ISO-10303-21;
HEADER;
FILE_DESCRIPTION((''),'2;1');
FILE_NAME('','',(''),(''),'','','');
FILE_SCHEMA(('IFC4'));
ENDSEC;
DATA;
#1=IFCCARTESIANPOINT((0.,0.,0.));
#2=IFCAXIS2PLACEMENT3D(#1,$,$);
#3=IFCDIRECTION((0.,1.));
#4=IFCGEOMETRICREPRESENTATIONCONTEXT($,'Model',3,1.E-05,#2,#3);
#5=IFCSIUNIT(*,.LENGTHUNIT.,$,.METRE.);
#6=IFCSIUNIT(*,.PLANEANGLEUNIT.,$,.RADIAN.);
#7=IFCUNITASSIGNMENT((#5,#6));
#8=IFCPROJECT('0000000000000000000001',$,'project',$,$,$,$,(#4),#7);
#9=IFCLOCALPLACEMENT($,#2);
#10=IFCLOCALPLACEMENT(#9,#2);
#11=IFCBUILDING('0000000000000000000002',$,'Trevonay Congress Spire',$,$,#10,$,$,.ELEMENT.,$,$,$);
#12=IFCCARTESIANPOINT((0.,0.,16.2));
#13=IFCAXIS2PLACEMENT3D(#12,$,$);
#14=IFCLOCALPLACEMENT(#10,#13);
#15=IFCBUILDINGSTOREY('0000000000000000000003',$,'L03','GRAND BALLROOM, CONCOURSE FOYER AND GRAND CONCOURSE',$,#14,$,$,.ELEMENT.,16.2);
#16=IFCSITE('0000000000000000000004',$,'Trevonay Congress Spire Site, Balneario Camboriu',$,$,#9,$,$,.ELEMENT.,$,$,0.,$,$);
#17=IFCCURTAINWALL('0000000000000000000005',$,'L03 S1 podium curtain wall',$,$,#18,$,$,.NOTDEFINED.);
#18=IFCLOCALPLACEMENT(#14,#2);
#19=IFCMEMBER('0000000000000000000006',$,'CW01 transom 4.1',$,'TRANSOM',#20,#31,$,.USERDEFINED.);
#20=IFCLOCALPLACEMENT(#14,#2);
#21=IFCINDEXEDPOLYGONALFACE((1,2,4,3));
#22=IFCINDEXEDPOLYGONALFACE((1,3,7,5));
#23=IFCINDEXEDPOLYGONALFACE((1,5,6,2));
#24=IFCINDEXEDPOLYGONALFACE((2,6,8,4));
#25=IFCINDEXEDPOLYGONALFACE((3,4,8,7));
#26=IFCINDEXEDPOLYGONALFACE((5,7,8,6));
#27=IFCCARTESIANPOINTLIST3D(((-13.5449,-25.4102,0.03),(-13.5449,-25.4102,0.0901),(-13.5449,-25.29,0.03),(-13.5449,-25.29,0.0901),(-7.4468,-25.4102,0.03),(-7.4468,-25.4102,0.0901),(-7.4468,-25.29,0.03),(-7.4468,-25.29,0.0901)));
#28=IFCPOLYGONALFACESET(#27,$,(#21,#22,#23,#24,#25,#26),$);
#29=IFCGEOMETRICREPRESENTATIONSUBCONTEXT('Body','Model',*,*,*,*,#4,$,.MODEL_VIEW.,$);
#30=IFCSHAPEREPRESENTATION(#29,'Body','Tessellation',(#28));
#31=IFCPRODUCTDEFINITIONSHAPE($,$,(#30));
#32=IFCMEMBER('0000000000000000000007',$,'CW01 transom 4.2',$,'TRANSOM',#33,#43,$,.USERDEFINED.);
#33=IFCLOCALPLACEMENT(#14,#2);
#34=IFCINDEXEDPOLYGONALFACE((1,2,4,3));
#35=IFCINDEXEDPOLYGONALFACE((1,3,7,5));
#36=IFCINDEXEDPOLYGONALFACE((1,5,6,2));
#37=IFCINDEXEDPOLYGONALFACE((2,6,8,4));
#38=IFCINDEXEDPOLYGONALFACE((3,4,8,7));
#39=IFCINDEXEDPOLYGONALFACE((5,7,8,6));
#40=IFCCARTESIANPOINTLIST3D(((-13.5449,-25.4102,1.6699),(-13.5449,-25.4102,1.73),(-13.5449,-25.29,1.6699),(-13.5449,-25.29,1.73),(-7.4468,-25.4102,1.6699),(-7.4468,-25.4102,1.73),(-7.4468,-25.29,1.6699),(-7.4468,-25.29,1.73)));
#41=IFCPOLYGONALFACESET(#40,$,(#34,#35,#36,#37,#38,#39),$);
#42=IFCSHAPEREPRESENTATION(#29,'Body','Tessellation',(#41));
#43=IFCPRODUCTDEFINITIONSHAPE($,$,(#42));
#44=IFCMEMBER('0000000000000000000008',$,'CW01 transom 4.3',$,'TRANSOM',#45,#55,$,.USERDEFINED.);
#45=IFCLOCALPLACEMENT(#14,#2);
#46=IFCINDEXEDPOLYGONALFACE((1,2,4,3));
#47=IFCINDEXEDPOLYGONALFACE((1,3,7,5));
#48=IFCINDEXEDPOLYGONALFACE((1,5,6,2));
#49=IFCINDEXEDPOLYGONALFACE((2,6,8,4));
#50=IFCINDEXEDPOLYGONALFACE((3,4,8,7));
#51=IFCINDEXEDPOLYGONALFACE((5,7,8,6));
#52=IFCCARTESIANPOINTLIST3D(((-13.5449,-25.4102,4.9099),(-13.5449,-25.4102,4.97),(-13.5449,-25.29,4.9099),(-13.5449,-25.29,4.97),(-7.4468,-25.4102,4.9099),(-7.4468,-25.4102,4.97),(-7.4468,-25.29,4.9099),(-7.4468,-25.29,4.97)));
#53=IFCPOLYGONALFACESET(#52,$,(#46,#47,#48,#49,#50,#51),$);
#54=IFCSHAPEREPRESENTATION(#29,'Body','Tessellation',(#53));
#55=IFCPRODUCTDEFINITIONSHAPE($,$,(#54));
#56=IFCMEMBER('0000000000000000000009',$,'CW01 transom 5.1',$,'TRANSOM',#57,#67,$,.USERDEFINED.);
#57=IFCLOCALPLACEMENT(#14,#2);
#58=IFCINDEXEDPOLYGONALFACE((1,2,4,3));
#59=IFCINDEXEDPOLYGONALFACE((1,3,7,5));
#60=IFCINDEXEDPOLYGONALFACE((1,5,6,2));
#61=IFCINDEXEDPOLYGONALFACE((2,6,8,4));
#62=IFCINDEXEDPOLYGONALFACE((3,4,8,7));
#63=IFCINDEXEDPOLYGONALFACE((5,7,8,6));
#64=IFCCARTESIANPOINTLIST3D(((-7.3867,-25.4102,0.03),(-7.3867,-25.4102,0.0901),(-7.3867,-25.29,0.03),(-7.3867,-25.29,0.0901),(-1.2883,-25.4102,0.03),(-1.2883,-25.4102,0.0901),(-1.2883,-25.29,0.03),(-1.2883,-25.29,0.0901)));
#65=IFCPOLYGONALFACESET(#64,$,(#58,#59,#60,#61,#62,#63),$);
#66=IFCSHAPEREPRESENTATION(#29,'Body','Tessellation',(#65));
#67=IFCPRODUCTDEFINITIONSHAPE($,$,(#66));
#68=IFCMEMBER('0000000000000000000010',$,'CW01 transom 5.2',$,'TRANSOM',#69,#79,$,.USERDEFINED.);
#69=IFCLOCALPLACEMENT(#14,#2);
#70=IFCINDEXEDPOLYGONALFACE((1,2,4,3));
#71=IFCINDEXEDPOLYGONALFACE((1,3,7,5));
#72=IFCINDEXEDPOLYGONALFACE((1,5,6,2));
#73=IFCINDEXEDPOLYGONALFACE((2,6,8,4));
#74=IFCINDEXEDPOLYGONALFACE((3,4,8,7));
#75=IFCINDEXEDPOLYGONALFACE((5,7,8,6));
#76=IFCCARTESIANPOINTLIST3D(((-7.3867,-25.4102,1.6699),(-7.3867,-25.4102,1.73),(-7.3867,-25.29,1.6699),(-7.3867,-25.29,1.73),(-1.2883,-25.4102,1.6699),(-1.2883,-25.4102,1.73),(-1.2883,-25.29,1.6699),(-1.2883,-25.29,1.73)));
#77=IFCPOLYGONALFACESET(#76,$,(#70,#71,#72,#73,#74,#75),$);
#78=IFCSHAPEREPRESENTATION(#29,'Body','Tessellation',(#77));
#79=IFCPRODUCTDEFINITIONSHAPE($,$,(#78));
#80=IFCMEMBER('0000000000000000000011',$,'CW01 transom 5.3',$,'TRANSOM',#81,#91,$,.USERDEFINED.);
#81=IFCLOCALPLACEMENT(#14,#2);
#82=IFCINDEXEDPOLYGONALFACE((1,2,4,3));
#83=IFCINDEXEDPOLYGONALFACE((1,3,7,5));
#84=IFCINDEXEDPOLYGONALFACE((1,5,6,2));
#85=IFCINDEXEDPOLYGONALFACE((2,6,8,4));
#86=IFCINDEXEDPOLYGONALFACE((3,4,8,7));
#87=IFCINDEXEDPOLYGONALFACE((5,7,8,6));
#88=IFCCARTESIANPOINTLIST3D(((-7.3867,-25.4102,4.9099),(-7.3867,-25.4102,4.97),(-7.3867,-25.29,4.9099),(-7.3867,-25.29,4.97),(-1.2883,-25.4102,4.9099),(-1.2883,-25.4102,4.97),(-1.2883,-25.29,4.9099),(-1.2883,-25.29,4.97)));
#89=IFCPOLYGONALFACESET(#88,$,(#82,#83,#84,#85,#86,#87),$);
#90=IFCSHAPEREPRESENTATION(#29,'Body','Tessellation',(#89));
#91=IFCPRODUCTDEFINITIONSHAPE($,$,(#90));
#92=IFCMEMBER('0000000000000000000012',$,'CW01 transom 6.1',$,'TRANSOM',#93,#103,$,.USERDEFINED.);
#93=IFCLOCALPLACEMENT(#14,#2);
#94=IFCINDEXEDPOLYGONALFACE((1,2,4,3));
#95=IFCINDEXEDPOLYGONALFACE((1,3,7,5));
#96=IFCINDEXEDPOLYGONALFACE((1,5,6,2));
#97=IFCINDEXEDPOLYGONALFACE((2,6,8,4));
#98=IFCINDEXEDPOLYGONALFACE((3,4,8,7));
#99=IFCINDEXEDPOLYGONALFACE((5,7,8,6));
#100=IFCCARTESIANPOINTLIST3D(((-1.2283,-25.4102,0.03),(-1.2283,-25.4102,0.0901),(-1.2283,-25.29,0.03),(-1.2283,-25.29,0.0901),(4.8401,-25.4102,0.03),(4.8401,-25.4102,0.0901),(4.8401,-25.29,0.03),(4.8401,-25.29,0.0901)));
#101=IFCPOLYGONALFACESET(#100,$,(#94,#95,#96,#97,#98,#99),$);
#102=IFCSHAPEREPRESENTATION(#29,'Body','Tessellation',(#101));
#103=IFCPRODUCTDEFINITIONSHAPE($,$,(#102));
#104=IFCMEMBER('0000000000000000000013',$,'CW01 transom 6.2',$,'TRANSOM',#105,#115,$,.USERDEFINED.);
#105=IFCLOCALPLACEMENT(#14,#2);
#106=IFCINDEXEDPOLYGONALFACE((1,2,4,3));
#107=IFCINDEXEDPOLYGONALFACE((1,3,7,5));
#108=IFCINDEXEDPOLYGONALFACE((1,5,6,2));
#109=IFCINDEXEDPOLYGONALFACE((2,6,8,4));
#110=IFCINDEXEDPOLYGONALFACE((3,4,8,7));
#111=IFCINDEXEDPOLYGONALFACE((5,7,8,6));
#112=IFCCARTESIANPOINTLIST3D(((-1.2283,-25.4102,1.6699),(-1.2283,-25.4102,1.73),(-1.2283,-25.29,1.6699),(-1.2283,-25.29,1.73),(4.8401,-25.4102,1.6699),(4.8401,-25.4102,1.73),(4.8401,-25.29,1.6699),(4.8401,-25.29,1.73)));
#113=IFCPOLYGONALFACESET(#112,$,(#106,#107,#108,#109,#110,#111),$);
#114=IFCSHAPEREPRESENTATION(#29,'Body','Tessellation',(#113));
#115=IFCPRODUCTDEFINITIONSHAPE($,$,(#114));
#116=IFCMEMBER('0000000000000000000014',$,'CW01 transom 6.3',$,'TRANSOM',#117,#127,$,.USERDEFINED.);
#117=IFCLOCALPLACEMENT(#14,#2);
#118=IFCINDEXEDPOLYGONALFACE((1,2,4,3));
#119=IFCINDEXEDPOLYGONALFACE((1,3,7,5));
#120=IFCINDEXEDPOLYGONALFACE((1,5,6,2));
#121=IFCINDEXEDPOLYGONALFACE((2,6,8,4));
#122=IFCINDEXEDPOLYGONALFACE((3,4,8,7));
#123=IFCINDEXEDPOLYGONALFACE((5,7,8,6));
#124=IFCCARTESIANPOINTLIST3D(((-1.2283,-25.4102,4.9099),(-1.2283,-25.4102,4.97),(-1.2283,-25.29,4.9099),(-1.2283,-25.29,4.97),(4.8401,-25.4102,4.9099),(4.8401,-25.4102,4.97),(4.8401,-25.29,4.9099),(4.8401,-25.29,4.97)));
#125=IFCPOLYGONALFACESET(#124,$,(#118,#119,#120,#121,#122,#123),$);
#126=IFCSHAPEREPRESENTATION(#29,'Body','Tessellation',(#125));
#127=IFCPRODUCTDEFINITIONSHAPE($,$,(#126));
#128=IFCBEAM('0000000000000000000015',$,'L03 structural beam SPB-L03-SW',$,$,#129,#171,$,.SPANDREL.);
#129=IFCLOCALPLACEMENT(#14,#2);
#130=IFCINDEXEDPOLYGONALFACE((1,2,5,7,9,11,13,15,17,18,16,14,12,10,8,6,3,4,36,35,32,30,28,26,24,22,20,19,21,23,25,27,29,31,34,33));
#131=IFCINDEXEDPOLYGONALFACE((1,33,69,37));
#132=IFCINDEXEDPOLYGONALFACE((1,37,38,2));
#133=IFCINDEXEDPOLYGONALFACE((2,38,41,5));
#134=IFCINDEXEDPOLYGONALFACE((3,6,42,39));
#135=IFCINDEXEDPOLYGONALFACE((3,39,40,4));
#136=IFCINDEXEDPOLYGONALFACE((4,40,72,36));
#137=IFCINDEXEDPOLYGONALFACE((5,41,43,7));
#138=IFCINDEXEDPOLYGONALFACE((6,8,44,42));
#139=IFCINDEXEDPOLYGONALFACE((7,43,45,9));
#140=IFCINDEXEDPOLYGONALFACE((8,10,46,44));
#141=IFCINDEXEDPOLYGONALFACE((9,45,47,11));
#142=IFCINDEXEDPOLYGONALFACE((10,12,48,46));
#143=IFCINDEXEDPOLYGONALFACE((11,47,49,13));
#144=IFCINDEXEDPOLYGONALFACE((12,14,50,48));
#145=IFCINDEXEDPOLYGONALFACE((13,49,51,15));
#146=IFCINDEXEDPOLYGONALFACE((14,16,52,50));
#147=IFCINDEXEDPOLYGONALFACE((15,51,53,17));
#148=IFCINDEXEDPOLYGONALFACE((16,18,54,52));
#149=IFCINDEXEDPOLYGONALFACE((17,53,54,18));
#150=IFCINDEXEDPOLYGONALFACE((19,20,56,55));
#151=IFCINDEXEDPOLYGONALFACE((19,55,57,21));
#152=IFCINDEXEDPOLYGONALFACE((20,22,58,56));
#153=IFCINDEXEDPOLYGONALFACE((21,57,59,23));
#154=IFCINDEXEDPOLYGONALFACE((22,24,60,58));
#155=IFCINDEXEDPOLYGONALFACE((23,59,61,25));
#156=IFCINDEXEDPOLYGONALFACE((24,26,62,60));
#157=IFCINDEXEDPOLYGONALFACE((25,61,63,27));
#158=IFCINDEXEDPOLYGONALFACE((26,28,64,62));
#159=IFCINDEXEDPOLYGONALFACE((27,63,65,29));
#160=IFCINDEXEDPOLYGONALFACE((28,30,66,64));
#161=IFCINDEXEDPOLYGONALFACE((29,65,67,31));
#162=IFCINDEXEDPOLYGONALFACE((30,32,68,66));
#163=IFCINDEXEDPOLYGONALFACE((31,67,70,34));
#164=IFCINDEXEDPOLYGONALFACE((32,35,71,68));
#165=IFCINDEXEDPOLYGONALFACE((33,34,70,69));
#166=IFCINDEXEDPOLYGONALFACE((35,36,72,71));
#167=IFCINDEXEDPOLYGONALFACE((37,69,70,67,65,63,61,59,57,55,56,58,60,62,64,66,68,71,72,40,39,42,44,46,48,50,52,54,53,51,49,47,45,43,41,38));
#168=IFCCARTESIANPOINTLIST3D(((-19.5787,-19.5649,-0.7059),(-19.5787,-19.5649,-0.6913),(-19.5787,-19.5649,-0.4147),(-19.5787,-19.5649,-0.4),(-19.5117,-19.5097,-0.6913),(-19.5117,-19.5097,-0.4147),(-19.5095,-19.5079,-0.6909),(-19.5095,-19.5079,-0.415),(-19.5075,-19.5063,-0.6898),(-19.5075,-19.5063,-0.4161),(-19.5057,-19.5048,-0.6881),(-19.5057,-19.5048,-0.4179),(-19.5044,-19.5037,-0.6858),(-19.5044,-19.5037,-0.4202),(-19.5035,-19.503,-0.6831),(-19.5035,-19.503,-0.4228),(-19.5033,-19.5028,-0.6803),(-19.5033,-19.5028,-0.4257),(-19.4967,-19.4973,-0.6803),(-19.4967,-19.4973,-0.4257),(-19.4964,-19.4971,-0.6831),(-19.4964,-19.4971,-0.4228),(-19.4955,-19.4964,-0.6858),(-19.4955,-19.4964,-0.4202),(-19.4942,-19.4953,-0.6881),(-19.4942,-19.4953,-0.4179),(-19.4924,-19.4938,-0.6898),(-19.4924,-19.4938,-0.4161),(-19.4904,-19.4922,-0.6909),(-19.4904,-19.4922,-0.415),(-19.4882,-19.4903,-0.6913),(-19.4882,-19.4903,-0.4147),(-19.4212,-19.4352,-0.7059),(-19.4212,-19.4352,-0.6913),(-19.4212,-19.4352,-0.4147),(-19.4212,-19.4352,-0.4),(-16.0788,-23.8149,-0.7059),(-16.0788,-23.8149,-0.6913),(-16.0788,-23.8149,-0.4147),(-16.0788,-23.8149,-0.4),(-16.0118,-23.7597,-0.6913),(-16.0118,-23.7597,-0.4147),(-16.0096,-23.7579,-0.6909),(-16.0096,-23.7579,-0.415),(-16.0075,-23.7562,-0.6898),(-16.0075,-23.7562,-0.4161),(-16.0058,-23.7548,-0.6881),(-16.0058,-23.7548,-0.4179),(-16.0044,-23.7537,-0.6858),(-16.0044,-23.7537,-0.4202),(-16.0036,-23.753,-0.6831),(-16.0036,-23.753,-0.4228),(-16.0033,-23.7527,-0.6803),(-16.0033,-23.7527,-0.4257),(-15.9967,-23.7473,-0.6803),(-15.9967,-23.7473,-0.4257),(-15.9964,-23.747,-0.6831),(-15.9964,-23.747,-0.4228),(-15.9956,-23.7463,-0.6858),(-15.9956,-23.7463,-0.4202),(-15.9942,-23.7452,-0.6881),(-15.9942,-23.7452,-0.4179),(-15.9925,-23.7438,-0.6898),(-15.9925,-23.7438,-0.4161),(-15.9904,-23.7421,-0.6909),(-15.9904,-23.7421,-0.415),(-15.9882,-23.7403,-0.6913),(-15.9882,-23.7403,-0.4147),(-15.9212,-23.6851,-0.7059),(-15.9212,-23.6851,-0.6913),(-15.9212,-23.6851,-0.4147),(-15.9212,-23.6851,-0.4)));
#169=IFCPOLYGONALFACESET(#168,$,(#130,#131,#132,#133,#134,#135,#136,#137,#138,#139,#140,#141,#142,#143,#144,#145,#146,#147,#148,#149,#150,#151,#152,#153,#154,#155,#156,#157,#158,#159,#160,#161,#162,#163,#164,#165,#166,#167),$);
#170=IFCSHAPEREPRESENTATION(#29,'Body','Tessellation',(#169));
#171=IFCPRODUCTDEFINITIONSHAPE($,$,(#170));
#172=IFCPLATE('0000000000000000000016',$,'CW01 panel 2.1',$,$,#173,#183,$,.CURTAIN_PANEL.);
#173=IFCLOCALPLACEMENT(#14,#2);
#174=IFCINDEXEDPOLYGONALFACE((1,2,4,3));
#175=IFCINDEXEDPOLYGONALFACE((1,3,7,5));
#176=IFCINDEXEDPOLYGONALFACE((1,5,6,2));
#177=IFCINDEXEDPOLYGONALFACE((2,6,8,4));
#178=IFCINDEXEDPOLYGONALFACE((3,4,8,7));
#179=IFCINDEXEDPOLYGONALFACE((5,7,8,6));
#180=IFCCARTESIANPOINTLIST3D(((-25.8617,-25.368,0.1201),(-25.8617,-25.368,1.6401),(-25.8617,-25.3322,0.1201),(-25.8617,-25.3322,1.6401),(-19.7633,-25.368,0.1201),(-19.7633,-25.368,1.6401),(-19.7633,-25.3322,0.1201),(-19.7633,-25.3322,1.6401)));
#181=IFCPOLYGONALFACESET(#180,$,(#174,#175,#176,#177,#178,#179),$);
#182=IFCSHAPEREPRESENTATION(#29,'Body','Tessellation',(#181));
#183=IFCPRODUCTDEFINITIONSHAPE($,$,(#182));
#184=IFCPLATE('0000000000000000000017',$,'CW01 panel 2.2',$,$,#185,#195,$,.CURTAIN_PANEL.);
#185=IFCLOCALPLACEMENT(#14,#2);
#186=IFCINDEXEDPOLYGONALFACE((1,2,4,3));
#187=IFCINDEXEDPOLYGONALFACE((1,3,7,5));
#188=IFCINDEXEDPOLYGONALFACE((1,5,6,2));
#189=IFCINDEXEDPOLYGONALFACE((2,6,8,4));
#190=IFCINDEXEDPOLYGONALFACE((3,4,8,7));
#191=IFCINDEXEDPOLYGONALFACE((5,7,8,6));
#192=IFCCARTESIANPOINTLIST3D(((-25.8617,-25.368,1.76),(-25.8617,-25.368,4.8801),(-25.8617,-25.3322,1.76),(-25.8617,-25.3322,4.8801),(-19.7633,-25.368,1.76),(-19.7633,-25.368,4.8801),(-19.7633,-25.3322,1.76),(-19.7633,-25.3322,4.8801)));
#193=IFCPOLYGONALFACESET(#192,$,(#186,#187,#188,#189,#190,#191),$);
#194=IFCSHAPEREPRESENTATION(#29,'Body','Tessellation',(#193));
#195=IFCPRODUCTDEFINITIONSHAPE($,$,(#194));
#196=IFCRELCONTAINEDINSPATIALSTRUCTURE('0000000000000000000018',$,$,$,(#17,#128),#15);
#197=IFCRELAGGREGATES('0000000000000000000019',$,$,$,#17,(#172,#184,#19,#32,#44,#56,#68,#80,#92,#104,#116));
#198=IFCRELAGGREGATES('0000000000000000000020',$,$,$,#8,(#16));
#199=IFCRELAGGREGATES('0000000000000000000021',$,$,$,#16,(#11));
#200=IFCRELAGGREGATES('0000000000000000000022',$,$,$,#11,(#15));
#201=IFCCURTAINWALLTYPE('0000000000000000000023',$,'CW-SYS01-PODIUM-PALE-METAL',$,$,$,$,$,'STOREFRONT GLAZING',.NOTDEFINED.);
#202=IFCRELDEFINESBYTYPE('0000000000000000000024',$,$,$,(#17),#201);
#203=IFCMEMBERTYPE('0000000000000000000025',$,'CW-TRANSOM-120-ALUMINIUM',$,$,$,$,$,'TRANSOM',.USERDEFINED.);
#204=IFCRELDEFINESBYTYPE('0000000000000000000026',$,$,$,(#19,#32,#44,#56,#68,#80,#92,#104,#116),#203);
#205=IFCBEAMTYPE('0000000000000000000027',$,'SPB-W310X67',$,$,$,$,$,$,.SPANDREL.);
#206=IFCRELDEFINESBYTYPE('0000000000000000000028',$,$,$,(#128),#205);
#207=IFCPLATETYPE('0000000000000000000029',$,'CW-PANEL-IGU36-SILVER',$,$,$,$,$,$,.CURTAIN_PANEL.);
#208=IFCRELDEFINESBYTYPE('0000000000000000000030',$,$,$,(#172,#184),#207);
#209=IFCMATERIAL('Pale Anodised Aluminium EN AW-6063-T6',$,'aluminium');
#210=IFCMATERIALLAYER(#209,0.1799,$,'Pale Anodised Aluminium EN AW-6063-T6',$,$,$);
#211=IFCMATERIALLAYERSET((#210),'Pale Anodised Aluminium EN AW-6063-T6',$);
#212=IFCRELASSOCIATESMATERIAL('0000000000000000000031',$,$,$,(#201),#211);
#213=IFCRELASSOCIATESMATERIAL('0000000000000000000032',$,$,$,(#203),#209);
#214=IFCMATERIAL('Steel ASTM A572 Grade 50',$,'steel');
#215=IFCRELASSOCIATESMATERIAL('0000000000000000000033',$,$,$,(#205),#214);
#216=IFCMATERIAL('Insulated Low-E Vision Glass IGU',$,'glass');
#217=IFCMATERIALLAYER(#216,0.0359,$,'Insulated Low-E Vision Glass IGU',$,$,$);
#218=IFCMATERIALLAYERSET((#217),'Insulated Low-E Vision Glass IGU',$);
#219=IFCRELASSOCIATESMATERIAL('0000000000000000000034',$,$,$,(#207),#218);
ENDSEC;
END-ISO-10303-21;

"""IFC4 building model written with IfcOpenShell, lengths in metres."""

from ifc_helpers import new_model, si_unit, direction, frame, origin, origin_2d, place, context, subcontext, project, spatial, rectangle, i_section, extrude, material, layer, layer_set, material_profile, profile_set, type_object, element, aggregate, save


model = new_model("IFC4")

# Units and contexts
model_context = context("Model", 3, precision=1e-05, world=origin(), true_north=direction((0.0, 1.0)))
body_context = subcontext(model_context, "Body", "Model", "MODEL_VIEW")
ifc_project = project(units=[si_unit("LENGTHUNIT", "METRE"), si_unit("PLANEANGLEUNIT", "RADIAN")], contexts=[model_context])

# Site, building, storey
site_placement = place(None, origin())
site = spatial("IfcSite", under=ifc_project, at=site_placement, Name="Trevonay Congress Spire Site, Balneario Camboriu", CompositionType="ELEMENT", RefElevation=0.0)
building_placement = place(site_placement, origin())
building = spatial("IfcBuilding", under=site, at=building_placement, Name="Trevonay Congress Spire", CompositionType="ELEMENT")
storey_placement = place(building_placement, frame((0.0, 0.0, 16.2)))
storey = spatial("IfcBuildingStorey", under=building, at=storey_placement, Name="L03", Description="GRAND BALLROOM, CONCOURSE FOYER AND GRAND CONCOURSE", CompositionType="ELEMENT", Elevation=16.2)

# Shared definitions
ifc_material_1 = material(Name="Steel ASTM A572 Grade 50", Category="steel")

# Curtain wall, members
ifc_material_2 = material(Name="Pale Anodised Aluminium EN AW-6063-T6", Category="aluminium")
ifc_layer_1 = layer(ifc_material_2, 0.1799, Name="Pale Anodised Aluminium EN AW-6063-T6")
ifc_layer_set_1 = layer_set([ifc_layer_1], Name="Pale Anodised Aluminium EN AW-6063-T6")
curtain_wall_type = type_object("IfcCurtainWallType", Name="CW-SYS01-PODIUM-PALE-METAL", ElementType="STOREFRONT GLAZING", PredefinedType="NOTDEFINED", material=ifc_layer_set_1)
curtain_wall_placement = place(storey_placement, origin())
curtain_wall = element("IfcCurtainWall", 1, at=curtain_wall_placement, inside=storey, type_object=curtain_wall_type, Name="L03 S1 podium curtain wall", PredefinedType="NOTDEFINED")
ifc_material_profile_1 = material_profile(ifc_material_2, rectangle(XDim=0.1201, YDim=0.0601, at=origin_2d()), Name="CW-TRANSOM-120-ALUMINIUM")
ifc_profile_set_1 = profile_set([ifc_material_profile_1], Name="Pale Anodised Aluminium EN AW-6063-T6")
member_type_1 = type_object("IfcMemberType", Name="CW-TRANSOM-120-ALUMINIUM", ElementType="TRANSOM", PredefinedType="USERDEFINED", material=ifc_profile_set_1)
member_1_placement = place(storey_placement, frame((-13.5449, -25.3501, 0.0601), z_axis=(1.0, 0.0, 0.0), x_axis=(0.0, 1.0, 0.0)))
member_1 = element("IfcMember", 2, at=member_1_placement, type_object=member_type_1, Name="CW01 transom 4.1", ObjectType="TRANSOM", PredefinedType="USERDEFINED", context=body_context, shape_type="SweptSolid", body=[
    extrude(rectangle(XDim=0.1201, YDim=0.0601, at=origin_2d()), origin(), (0.0, 0.0, 1.0), 6.0981),
])
member_2_placement = place(storey_placement, frame((-13.5449, -25.3501, 1.7), z_axis=(1.0, 0.0, 0.0), x_axis=(0.0, 1.0, 0.0)))
member_2 = element("IfcMember", 3, at=member_2_placement, type_object=member_type_1, Name="CW01 transom 4.2", ObjectType="TRANSOM", PredefinedType="USERDEFINED", context=body_context, shape_type="SweptSolid", body=[
    extrude(rectangle(XDim=0.1201, YDim=0.0601, at=origin_2d()), origin(), (0.0, 0.0, 1.0), 6.0981),
])
member_3_placement = place(storey_placement, frame((-13.5449, -25.3501, 4.9399), z_axis=(1.0, 0.0, 0.0), x_axis=(0.0, 1.0, 0.0)))
member_3 = element("IfcMember", 4, at=member_3_placement, type_object=member_type_1, Name="CW01 transom 4.3", ObjectType="TRANSOM", PredefinedType="USERDEFINED", context=body_context, shape_type="SweptSolid", body=[
    extrude(rectangle(XDim=0.1201, YDim=0.0601, at=origin_2d()), origin(), (0.0, 0.0, 1.0), 6.0981),
])
member_4_placement = place(storey_placement, frame((-7.3867, -25.3501, 0.0601), z_axis=(1.0, 0.0, 0.0), x_axis=(0.0, 1.0, 0.0)))
member_4 = element("IfcMember", 5, at=member_4_placement, type_object=member_type_1, Name="CW01 transom 5.1", ObjectType="TRANSOM", PredefinedType="USERDEFINED", context=body_context, shape_type="SweptSolid", body=[
    extrude(rectangle(XDim=0.1201, YDim=0.0601, at=origin_2d()), origin(), (0.0, 0.0, 1.0), 6.0984),
])
member_5_placement = place(storey_placement, frame((-7.3867, -25.3501, 1.7), z_axis=(1.0, 0.0, 0.0), x_axis=(0.0, 1.0, 0.0)))
member_5 = element("IfcMember", 6, at=member_5_placement, type_object=member_type_1, Name="CW01 transom 5.2", ObjectType="TRANSOM", PredefinedType="USERDEFINED", context=body_context, shape_type="SweptSolid", body=[
    extrude(rectangle(XDim=0.1201, YDim=0.0601, at=origin_2d()), origin(), (0.0, 0.0, 1.0), 6.0984),
])
member_6_placement = place(storey_placement, frame((-7.3867, -25.3501, 4.9399), z_axis=(1.0, 0.0, 0.0), x_axis=(0.0, 1.0, 0.0)))
member_6 = element("IfcMember", 7, at=member_6_placement, type_object=member_type_1, Name="CW01 transom 5.3", ObjectType="TRANSOM", PredefinedType="USERDEFINED", context=body_context, shape_type="SweptSolid", body=[
    extrude(rectangle(XDim=0.1201, YDim=0.0601, at=origin_2d()), origin(), (0.0, 0.0, 1.0), 6.0984),
])
member_7_placement = place(storey_placement, frame((-1.2283, -25.3501, 0.0601), z_axis=(1.0, 0.0, 0.0), x_axis=(0.0, 1.0, 0.0)))
member_7 = element("IfcMember", 8, at=member_7_placement, type_object=member_type_1, Name="CW01 transom 6.1", ObjectType="TRANSOM", PredefinedType="USERDEFINED", context=body_context, shape_type="SweptSolid", body=[
    extrude(rectangle(XDim=0.1201, YDim=0.0601, at=origin_2d()), origin(), (0.0, 0.0, 1.0), 6.0684),
])
member_8_placement = place(storey_placement, frame((-1.2283, -25.3501, 1.7), z_axis=(1.0, 0.0, 0.0), x_axis=(0.0, 1.0, 0.0)))
member_8 = element("IfcMember", 9, at=member_8_placement, type_object=member_type_1, Name="CW01 transom 6.2", ObjectType="TRANSOM", PredefinedType="USERDEFINED", context=body_context, shape_type="SweptSolid", body=[
    extrude(rectangle(XDim=0.1201, YDim=0.0601, at=origin_2d()), origin(), (0.0, 0.0, 1.0), 6.0684),
])
member_9_placement = place(storey_placement, frame((-1.2283, -25.3501, 4.9399), z_axis=(1.0, 0.0, 0.0), x_axis=(0.0, 1.0, 0.0)))
member_9 = element("IfcMember", 10, at=member_9_placement, type_object=member_type_1, Name="CW01 transom 6.3", ObjectType="TRANSOM", PredefinedType="USERDEFINED", context=body_context, shape_type="SweptSolid", body=[
    extrude(rectangle(XDim=0.1201, YDim=0.0601, at=origin_2d()), origin(), (0.0, 0.0, 1.0), 6.0684),
])

# Beam
ifc_material_profile_2 = material_profile(ifc_material_1, i_section(OverallWidth=0.2041, OverallDepth=0.3059, WebThickness=0.0085, FlangeThickness=0.0146, FilletRadius=0.011, at=origin_2d()), Name="W310x67")
ifc_profile_set_2 = profile_set([ifc_material_profile_2], Name="Steel ASTM A572 Grade 50")
beam_type_1 = type_object("IfcBeamType", Name="SPB-W310X67", PredefinedType="SPANDREL", material=ifc_profile_set_2)
beam_1_placement = place(storey_placement, frame((-16.0, -23.75, -0.553), z_axis=(-0.635707, 0.77193, 0.0), x_axis=(-0.77193, -0.635707, 0.0)))
element("IfcBeam", 11, at=beam_1_placement, inside=storey, type_object=beam_type_1, Name="L03 structural beam SPB-L03-SW", PredefinedType="SPANDREL", context=body_context, shape_type="SweptSolid", body=[
    extrude(i_section(OverallWidth=0.2041, OverallDepth=0.3059, WebThickness=0.0085, FlangeThickness=0.0146, FilletRadius=0.011, at=origin_2d()), origin(), (0.0, 0.0, 1.0), 5.5056),
])

# Plates
ifc_material_3 = material(Name="Insulated Low-E Vision Glass IGU", Category="glass")
ifc_layer_2 = layer(ifc_material_3, 0.0359, Name="Insulated Low-E Vision Glass IGU")
ifc_layer_set_2 = layer_set([ifc_layer_2], Name="Insulated Low-E Vision Glass IGU")
plate_type = type_object("IfcPlateType", Name="CW-PANEL-IGU36-SILVER", PredefinedType="CURTAIN_PANEL", material=ifc_layer_set_2)
plate_1_placement = place(storey_placement, frame((-22.8125, -25.3501, 0.1201), z_axis=(0.0, 0.0, 1.0), x_axis=(1.0, 0.0, 0.0)))
plate_1 = element("IfcPlate", 12, at=plate_1_placement, type_object=plate_type, Name="CW01 panel 2.1", PredefinedType="CURTAIN_PANEL", context=body_context, shape_type="SweptSolid", body=[
    extrude(rectangle(XDim=6.0984, YDim=0.0359, at=origin_2d()), origin(), (0.0, 0.0, 1.0), 1.52),
])
plate_2_placement = place(storey_placement, frame((-22.8125, -25.3501, 1.76), z_axis=(0.0, 0.0, 1.0), x_axis=(1.0, 0.0, 0.0)))
plate_2 = element("IfcPlate", 13, at=plate_2_placement, type_object=plate_type, Name="CW01 panel 2.2", PredefinedType="CURTAIN_PANEL", context=body_context, shape_type="SweptSolid", body=[
    extrude(rectangle(XDim=6.0984, YDim=0.0359, at=origin_2d()), origin(), (0.0, 0.0, 1.0), 3.1201),
])
aggregate(curtain_wall, [plate_1, plate_2, member_1, member_2, member_3, member_4, member_5, member_6, member_7, member_8, member_9])

save(model, "model.ifc")
